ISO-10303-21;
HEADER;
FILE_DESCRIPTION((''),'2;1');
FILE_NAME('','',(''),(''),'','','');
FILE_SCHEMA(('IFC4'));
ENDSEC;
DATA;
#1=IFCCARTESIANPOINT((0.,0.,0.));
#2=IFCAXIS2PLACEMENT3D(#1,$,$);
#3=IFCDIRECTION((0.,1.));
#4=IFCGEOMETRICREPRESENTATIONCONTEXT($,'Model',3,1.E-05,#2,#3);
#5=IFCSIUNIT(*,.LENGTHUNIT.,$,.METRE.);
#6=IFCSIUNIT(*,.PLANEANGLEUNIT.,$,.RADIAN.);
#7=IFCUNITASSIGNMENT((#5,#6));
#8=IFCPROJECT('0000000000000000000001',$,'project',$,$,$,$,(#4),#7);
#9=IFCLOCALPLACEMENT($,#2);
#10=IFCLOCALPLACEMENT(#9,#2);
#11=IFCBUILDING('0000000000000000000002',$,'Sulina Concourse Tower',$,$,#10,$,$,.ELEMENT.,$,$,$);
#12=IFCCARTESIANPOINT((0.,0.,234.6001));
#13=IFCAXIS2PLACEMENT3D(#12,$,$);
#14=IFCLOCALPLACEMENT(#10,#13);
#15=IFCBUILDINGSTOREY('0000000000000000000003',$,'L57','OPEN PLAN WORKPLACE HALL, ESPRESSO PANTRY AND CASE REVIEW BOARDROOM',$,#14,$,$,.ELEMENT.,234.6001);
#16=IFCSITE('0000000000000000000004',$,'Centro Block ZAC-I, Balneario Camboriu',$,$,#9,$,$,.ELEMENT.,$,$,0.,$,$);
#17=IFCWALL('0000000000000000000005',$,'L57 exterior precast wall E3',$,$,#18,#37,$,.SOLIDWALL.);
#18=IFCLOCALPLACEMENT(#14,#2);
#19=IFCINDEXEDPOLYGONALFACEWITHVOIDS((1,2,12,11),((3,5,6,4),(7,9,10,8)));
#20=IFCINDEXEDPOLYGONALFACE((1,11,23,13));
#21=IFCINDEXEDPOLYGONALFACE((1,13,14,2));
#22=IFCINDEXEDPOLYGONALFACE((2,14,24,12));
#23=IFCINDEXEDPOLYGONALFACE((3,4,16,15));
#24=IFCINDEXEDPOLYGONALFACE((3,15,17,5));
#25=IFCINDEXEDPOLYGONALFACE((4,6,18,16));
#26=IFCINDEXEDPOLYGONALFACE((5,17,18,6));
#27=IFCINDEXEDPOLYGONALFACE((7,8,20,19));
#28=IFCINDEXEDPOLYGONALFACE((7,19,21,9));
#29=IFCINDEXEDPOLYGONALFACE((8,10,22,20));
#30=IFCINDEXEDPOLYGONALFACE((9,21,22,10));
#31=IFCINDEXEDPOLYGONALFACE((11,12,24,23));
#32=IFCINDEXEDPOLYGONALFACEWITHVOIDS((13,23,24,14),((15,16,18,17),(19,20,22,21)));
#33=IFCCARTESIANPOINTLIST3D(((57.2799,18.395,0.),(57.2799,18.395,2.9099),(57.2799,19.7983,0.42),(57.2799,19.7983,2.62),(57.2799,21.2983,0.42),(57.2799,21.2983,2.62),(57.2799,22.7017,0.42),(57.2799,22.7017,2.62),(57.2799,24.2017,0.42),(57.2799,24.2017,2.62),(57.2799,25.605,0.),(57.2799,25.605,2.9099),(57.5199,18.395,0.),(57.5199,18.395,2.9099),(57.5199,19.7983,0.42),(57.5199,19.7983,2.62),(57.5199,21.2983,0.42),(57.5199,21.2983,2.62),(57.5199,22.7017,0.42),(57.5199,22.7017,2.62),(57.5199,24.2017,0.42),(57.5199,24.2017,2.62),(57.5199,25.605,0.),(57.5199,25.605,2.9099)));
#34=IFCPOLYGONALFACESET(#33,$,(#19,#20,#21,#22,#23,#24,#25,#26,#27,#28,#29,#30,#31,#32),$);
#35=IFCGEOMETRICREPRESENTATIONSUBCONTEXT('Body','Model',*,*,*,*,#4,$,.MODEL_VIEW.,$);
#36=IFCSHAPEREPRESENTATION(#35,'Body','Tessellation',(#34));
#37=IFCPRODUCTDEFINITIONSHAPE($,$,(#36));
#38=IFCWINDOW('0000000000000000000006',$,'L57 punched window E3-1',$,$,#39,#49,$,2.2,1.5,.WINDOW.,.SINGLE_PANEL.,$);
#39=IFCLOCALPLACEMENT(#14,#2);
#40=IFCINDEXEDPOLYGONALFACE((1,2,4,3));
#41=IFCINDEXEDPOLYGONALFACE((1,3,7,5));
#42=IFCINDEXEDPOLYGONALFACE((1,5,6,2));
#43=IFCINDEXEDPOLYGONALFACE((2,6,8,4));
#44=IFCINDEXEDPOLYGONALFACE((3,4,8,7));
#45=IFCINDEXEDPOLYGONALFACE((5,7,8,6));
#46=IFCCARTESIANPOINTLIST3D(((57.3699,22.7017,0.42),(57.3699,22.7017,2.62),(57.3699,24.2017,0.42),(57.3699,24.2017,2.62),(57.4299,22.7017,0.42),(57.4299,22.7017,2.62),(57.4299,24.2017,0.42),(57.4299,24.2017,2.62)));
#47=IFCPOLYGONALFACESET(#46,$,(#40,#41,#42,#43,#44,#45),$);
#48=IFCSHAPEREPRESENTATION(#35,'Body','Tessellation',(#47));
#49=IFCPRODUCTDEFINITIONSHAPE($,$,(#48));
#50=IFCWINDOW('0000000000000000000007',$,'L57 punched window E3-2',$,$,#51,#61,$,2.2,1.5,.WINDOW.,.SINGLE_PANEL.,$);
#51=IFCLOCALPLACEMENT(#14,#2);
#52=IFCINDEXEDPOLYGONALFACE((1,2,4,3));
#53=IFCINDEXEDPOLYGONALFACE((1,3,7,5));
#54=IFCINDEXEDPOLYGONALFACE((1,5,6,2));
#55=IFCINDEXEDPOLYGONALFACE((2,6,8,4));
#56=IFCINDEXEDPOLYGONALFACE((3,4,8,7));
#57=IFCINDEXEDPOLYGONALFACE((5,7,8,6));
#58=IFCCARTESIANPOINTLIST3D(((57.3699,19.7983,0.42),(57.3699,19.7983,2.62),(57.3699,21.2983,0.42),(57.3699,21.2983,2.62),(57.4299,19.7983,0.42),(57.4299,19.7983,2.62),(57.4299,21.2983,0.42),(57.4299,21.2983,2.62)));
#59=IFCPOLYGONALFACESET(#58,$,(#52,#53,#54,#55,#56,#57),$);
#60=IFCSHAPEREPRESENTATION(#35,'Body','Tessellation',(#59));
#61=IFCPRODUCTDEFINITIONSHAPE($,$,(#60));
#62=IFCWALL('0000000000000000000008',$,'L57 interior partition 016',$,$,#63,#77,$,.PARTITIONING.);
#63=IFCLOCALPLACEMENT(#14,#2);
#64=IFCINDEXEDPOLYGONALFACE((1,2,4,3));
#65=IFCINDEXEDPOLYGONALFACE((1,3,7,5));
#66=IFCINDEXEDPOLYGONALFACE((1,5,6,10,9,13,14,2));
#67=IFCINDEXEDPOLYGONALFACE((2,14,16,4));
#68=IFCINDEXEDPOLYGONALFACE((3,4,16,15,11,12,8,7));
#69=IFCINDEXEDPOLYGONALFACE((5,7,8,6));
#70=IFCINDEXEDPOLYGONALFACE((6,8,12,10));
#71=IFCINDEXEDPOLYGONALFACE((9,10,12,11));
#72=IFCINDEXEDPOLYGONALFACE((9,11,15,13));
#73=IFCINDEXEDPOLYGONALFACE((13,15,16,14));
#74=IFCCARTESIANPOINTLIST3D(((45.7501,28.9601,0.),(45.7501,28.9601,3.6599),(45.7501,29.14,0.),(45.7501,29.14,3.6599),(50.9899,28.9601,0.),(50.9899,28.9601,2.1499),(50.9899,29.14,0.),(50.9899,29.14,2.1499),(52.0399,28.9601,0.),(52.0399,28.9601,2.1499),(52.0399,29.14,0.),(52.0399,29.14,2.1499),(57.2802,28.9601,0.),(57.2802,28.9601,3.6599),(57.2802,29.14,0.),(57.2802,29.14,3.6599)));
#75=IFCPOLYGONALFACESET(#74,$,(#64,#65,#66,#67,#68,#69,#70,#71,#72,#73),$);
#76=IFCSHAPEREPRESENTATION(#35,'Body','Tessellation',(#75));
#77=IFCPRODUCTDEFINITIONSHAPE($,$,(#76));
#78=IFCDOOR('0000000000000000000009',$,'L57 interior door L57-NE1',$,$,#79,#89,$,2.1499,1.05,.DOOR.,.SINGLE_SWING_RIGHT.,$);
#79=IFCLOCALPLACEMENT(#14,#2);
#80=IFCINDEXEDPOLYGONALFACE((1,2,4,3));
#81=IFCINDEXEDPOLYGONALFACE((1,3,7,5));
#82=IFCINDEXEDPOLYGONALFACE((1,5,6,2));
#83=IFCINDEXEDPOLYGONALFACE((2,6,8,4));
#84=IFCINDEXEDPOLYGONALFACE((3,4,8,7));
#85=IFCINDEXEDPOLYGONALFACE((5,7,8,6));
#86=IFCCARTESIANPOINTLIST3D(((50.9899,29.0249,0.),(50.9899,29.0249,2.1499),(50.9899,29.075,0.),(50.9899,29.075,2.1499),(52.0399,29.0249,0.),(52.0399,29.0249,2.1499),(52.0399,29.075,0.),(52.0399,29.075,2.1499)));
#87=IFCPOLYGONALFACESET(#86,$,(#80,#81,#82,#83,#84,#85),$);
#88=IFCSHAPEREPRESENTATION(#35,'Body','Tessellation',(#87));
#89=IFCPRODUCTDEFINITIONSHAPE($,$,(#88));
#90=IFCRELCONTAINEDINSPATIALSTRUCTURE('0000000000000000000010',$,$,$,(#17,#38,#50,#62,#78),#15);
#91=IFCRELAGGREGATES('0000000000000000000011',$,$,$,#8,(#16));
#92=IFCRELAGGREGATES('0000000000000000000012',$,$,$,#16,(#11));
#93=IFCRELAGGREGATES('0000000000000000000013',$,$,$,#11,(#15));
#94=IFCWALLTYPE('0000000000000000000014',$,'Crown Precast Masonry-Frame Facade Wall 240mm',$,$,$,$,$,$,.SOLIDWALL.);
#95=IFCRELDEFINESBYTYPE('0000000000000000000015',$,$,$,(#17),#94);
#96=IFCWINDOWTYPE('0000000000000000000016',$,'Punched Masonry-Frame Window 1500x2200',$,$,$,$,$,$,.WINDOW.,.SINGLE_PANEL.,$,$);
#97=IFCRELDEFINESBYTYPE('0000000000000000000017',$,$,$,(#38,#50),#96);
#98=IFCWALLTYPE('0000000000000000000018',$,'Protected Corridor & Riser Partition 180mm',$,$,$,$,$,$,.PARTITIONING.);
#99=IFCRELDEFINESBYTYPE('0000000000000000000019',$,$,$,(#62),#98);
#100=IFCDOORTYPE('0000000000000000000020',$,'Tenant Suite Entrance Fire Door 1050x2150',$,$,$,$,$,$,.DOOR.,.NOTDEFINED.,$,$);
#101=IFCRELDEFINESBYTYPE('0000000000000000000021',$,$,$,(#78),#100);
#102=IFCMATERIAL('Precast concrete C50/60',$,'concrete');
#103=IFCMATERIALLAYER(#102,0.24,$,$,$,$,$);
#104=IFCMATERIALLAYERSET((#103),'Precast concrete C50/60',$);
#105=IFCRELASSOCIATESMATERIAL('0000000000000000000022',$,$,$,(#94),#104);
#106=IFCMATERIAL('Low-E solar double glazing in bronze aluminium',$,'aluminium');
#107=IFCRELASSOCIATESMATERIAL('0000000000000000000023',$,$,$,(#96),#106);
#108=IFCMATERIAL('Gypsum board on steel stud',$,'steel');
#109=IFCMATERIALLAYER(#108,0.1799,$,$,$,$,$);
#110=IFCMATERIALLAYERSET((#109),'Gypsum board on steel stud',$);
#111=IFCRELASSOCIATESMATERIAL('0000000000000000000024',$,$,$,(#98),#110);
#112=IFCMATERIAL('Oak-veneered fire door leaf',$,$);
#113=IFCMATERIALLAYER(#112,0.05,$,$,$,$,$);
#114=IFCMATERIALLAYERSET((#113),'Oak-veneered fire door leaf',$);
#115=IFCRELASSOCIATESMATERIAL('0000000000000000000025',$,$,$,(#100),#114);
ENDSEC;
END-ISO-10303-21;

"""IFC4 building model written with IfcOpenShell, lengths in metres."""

from ifc_helpers import new_model, si_unit, direction, frame, frame_2d, origin, place, context, subcontext, project, spatial, rectangle, extrude, material, layer, layer_set, type_object, element, fill, save


model = new_model("IFC4")

# Units and contexts
model_context = context("Model", 3, precision=1e-05, world=origin(), true_north=direction((0.0, 1.0)))
body_context = subcontext(model_context, "Body", "Model", "MODEL_VIEW")
ifc_project = project(units=[si_unit("LENGTHUNIT", "METRE"), si_unit("PLANEANGLEUNIT", "RADIAN")], contexts=[model_context])

# Site, building, storey
site_placement = place(None, origin())
site = spatial("IfcSite", under=ifc_project, at=site_placement, Name="Centro Block ZAC-I, Balneario Camboriu", CompositionType="ELEMENT", RefElevation=0.0)
building_placement = place(site_placement, origin())
building = spatial("IfcBuilding", under=site, at=building_placement, Name="Sulina Concourse Tower", CompositionType="ELEMENT")
storey_placement = place(building_placement, frame((0.0, 0.0, 234.6001)))
storey = spatial("IfcBuildingStorey", under=building, at=storey_placement, Name="L57", Description="OPEN PLAN WORKPLACE HALL, ESPRESSO PANTRY AND CASE REVIEW BOARDROOM", CompositionType="ELEMENT", Elevation=234.6001)

# Shared definitions
ifc_material_1 = material(Name="Precast concrete C50/60", Category="concrete")
ifc_layer_1 = layer(ifc_material_1, 0.24)
ifc_layer_set_1 = layer_set([ifc_layer_1], Name="Precast concrete C50/60")
wall_type_1 = type_object("IfcWallType", Name="Crown Precast Masonry-Frame Facade Wall 240mm", PredefinedType="SOLIDWALL", material=ifc_layer_set_1)
ifc_material_2 = material(Name="Low-E solar double glazing in bronze aluminium", Category="aluminium")
window_type = type_object("IfcWindowType", Name="Punched Masonry-Frame Window 1500x2200", PartitioningType="SINGLE_PANEL", PredefinedType="WINDOW", material=ifc_material_2)

# Wall, openings, windows
wall_1_placement = place(storey_placement, frame((57.3999, 25.605, 0.0), z_axis=(0.0, 0.0, 1.0), x_axis=(0.0, -1.0, 0.0)))
wall_1 = element("IfcWall", 1, at=wall_1_placement, inside=storey, type_object=wall_type_1, Name="L57 exterior precast wall E3", PredefinedType="SOLIDWALL", context=body_context, shape_type="SweptSolid", body=[
    extrude(rectangle(XDim=7.21, YDim=0.24, at=frame_2d((3.605, 0.0))), origin(), (0.0, 0.0, 1.0), 2.9099),
])
opening_1_placement = place(wall_1_placement, frame((1.4033, 0.0, 0.4199)))
opening_1 = element("IfcOpeningElement", 2, at=opening_1_placement, cuts=wall_1, PredefinedType="OPENING", context=body_context, shape_type="SweptSolid", body=[
    extrude(rectangle(XDim=1.5, YDim=2.2, at=frame_2d((0.75, 1.1001))), frame((0.0, 0.1299, 0.0), z_axis=(0.0, -1.0, 0.0), x_axis=(1.0, 0.0, 0.0)), (0.0, 0.0, 1.0), 0.26),
])
opening_2_placement = place(wall_1_placement, frame((4.3066, 0.0, 0.4199)))
opening_2 = element("IfcOpeningElement", 3, at=opening_2_placement, cuts=wall_1, PredefinedType="OPENING", context=body_context, shape_type="SweptSolid", body=[
    extrude(rectangle(XDim=1.5, YDim=2.2, at=frame_2d((0.75, 1.1001))), frame((0.0, 0.1299, 0.0), z_axis=(0.0, -1.0, 0.0), x_axis=(1.0, 0.0, 0.0)), (0.0, 0.0, 1.0), 0.26),
])
window_1_placement = place(opening_1_placement, origin())
window_1 = element("IfcWindow", 4, at=window_1_placement, inside=storey, type_object=window_type, Name="L57 punched window E3-1", OverallHeight=2.2, OverallWidth=1.5, PartitioningType="SINGLE_PANEL", PredefinedType="WINDOW", context=body_context, shape_type="SweptSolid", body=[
    extrude(rectangle(XDim=1.5, YDim=2.2, at=frame_2d((0.75, 1.1001))), frame((0.0, 0.03, 0.0), z_axis=(0.0, -1.0, 0.0), x_axis=(1.0, 0.0, 0.0)), (0.0, 0.0, 1.0), 0.0601),
])
fill(opening_1, window_1)
window_2_placement = place(opening_2_placement, origin())
window_2 = element("IfcWindow", 5, at=window_2_placement, inside=storey, type_object=window_type, Name="L57 punched window E3-2", OverallHeight=2.2, OverallWidth=1.5, PartitioningType="SINGLE_PANEL", PredefinedType="WINDOW", context=body_context, shape_type="SweptSolid", body=[
    extrude(rectangle(XDim=1.5, YDim=2.2, at=frame_2d((0.75, 1.1001))), frame((0.0, 0.03, 0.0), z_axis=(0.0, -1.0, 0.0), x_axis=(1.0, 0.0, 0.0)), (0.0, 0.0, 1.0), 0.0601),
])
fill(opening_2, window_2)

# Wall, opening, door
ifc_material_3 = material(Name="Gypsum board on steel stud", Category="steel")
ifc_layer_2 = layer(ifc_material_3, 0.1799)
ifc_layer_set_2 = layer_set([ifc_layer_2], Name="Gypsum board on steel stud")
wall_type_2 = type_object("IfcWallType", Name="Protected Corridor & Riser Partition 180mm", PredefinedType="PARTITIONING", material=ifc_layer_set_2)
wall_2_placement = place(storey_placement, frame((45.75, 29.05, 0.0), z_axis=(0.0, 0.0, 1.0), x_axis=(1.0, 0.0, 0.0)))
wall_2 = element("IfcWall", 6, at=wall_2_placement, inside=storey, type_object=wall_type_2, Name="L57 interior partition 016", PredefinedType="PARTITIONING", context=body_context, shape_type="SweptSolid", body=[
    extrude(rectangle(XDim=11.53, YDim=0.1799, at=frame_2d((5.7651, 0.0))), origin(), (0.0, 0.0, 1.0), 3.6599),
])
opening_3_placement = place(wall_2_placement, frame((5.24, 0.0, 0.0)))
opening_3 = element("IfcOpeningElement", 7, at=opening_3_placement, cuts=wall_2, PredefinedType="OPENING", context=body_context, shape_type="SweptSolid", body=[
    extrude(rectangle(XDim=1.05, YDim=2.1499, at=frame_2d((0.5249, 1.075))), frame((0.0, 0.0999, 0.0), z_axis=(0.0, -1.0, 0.0), x_axis=(1.0, 0.0, 0.0)), (0.0, 0.0, 1.0), 0.2),
])
ifc_material_4 = material(Name="Oak-veneered fire door leaf")
ifc_layer_3 = layer(ifc_material_4, 0.05)
ifc_layer_set_3 = layer_set([ifc_layer_3], Name="Oak-veneered fire door leaf")
door_type = type_object("IfcDoorType", Name="Tenant Suite Entrance Fire Door 1050x2150", OperationType="NOTDEFINED", PredefinedType="DOOR", material=ifc_layer_set_3)
door_placement = place(opening_3_placement, origin())
door = element("IfcDoor", 8, at=door_placement, inside=storey, type_object=door_type, Name="L57 interior door L57-NE1", OperationType="SINGLE_SWING_RIGHT", OverallHeight=2.1499, OverallWidth=1.05, PredefinedType="DOOR", context=body_context, shape_type="SweptSolid", body=[
    extrude(rectangle(XDim=1.05, YDim=2.1499, at=frame_2d((0.5249, 1.075))), frame((0.0, 0.0249, 0.0), z_axis=(0.0, -1.0, 0.0), x_axis=(1.0, 0.0, 0.0)), (0.0, 0.0, 1.0), 0.05),
])
fill(opening_3, door)

save(model, "model.ifc")
